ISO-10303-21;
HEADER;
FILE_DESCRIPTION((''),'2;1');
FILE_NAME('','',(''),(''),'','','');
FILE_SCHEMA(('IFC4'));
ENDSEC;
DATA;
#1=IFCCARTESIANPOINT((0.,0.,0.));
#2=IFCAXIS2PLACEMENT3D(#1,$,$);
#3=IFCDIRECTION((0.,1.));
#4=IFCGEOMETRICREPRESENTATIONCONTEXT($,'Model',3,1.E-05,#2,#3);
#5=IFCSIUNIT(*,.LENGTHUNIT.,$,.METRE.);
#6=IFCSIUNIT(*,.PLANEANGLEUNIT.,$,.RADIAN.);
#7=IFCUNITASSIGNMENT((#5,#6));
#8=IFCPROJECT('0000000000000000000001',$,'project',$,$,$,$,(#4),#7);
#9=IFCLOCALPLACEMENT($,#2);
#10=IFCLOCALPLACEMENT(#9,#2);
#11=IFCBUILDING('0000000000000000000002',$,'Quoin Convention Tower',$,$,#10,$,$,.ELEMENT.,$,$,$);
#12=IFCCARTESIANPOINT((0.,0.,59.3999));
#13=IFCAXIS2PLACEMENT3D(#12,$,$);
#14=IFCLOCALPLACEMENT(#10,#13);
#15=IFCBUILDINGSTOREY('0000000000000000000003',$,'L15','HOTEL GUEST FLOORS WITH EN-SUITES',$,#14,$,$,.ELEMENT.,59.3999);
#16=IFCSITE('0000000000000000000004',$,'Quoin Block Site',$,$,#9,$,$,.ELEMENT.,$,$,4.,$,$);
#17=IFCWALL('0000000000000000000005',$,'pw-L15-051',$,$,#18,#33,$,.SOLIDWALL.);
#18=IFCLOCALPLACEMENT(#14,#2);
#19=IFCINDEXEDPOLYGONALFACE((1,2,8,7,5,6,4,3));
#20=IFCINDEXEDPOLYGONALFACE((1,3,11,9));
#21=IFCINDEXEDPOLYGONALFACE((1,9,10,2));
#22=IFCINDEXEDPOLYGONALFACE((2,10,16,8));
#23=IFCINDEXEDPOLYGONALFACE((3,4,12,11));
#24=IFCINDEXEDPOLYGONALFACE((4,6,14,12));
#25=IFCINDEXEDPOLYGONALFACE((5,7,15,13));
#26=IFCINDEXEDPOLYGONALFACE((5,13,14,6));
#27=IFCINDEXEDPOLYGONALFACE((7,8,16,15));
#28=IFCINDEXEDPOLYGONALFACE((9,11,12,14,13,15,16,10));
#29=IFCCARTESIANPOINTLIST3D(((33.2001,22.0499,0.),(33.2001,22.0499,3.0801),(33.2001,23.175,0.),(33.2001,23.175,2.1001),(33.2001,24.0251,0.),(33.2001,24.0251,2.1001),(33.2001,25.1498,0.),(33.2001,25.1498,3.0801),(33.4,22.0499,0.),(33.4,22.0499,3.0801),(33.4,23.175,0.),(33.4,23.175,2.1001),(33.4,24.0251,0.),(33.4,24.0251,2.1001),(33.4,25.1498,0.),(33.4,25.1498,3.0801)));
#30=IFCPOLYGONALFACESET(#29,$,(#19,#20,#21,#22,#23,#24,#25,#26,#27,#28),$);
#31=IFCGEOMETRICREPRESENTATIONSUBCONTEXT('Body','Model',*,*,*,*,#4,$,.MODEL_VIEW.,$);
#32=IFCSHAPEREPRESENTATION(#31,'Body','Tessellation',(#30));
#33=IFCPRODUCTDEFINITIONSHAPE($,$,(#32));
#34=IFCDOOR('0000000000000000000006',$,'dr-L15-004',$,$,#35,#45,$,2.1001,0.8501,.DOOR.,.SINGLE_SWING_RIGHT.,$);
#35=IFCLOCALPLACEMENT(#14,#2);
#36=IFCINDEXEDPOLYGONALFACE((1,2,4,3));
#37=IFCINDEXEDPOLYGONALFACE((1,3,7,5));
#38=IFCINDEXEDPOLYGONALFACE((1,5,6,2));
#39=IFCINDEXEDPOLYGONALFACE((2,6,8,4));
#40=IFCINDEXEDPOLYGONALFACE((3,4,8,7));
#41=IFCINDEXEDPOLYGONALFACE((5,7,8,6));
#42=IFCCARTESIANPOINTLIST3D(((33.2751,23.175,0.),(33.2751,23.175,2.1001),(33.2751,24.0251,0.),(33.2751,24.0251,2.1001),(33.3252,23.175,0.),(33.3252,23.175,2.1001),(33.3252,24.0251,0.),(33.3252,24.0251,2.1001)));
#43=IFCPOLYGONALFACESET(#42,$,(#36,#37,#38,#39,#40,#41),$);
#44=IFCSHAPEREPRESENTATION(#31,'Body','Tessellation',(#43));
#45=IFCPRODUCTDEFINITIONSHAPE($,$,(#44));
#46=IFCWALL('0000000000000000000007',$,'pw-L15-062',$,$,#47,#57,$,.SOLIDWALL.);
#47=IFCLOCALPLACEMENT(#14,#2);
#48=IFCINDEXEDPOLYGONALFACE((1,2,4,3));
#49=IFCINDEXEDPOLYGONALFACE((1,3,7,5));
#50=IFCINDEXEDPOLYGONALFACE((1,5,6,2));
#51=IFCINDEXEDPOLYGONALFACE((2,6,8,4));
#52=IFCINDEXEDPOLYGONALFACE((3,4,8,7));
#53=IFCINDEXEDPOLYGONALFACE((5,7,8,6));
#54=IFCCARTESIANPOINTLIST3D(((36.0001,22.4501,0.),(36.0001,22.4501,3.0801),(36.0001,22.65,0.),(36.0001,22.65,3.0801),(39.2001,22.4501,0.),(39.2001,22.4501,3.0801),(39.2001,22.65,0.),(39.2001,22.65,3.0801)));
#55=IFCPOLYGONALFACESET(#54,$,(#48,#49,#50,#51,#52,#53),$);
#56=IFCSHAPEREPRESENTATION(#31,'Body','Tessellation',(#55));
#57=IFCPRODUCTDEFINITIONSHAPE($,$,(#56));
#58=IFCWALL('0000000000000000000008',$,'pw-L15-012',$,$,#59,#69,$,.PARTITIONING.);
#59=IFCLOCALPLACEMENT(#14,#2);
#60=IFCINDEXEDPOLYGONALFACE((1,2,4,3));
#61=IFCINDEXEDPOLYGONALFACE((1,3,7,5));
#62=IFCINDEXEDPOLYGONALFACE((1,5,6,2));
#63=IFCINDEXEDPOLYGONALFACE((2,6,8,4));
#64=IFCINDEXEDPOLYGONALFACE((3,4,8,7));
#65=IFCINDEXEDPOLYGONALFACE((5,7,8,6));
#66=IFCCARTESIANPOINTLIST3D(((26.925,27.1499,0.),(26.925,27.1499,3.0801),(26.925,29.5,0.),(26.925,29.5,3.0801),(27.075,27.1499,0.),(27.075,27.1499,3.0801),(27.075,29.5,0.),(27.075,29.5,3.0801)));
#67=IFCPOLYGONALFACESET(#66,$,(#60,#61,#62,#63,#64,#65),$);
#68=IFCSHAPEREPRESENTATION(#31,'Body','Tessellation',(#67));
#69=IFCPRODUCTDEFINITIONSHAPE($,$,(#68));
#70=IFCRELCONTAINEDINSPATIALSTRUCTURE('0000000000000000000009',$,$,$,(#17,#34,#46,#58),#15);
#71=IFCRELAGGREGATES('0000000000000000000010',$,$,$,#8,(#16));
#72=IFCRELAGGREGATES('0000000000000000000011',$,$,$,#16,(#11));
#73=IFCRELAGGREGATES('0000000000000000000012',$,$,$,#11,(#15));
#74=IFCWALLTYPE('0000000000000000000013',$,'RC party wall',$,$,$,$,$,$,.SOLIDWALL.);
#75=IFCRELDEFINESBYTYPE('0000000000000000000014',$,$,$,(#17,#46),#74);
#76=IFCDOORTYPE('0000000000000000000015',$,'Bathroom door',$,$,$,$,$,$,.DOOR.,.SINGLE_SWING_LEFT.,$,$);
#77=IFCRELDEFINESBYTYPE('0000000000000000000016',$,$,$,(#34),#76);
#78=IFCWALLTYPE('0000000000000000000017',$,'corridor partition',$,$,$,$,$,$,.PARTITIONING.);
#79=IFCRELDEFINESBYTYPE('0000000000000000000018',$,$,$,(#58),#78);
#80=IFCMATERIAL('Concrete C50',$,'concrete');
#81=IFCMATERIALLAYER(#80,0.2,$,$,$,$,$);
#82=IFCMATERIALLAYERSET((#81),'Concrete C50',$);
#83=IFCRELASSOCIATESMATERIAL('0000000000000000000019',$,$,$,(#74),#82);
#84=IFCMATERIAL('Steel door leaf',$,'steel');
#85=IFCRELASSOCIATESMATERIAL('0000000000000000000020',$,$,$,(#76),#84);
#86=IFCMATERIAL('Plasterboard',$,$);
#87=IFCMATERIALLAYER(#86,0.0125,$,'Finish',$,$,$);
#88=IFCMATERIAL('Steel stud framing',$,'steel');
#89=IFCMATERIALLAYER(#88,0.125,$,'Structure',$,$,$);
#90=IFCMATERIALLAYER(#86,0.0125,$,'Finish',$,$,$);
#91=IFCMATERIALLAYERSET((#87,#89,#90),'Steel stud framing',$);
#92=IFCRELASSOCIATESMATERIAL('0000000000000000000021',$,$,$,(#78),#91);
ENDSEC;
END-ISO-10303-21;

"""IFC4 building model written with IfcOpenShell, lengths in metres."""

from ifc_helpers import new_model, si_unit, direction, frame, frame_2d, origin, place, context, subcontext, project, spatial, rectangle, extrude, material, layer, layer_set, type_object, element, fill, save


model = new_model("IFC4")

# Units and contexts
model_context = context("Model", 3, precision=1e-05, world=origin(), true_north=direction((0.0, 1.0)))
body_context = subcontext(model_context, "Body", "Model", "MODEL_VIEW")
ifc_project = project(units=[si_unit("LENGTHUNIT", "METRE"), si_unit("PLANEANGLEUNIT", "RADIAN")], contexts=[model_context])

# Site, building, storey
site_placement = place(None, origin())
site = spatial("IfcSite", under=ifc_project, at=site_placement, Name="Quoin Block Site", CompositionType="ELEMENT", RefElevation=4.0)
building_placement = place(site_placement, origin())
building = spatial("IfcBuilding", under=site, at=building_placement, Name="Quoin Convention Tower", CompositionType="ELEMENT")
storey_placement = place(building_placement, frame((0.0, 0.0, 59.3999)))
storey = spatial("IfcBuildingStorey", under=building, at=storey_placement, Name="L15", Description="HOTEL GUEST FLOORS WITH EN-SUITES", CompositionType="ELEMENT", Elevation=59.3999)

# Shared definitions
ifc_material_1 = material(Name="Concrete C50", Category="concrete")
ifc_layer_1 = layer(ifc_material_1, 0.2)
ifc_layer_set_1 = layer_set([ifc_layer_1], Name="Concrete C50")
wall_type_1 = type_object("IfcWallType", Name="RC party wall", PredefinedType="SOLIDWALL", material=ifc_layer_set_1)

# Wall, opening, door
wall_1_placement = place(storey_placement, frame((33.3, 22.05, 0.0), z_axis=(0.0, 0.0, 1.0), x_axis=(0.0, 1.0, 0.0)))
wall_1 = element("IfcWall", 1, at=wall_1_placement, inside=storey, type_object=wall_type_1, Name="pw-L15-051", PredefinedType="SOLIDWALL", context=body_context, shape_type="SweptSolid", body=[
    extrude(rectangle(XDim=3.0999, YDim=0.2, at=frame_2d((1.5498, 0.0))), origin(), (0.0, 0.0, 1.0), 3.0801),
])
opening_1_placement = place(wall_1_placement, frame((1.125, 0.0, 0.0)))
opening_1 = element("IfcOpeningElement", 2, at=opening_1_placement, cuts=wall_1, PredefinedType="OPENING", context=body_context, shape_type="SweptSolid", body=[
    extrude(rectangle(XDim=0.8501, YDim=2.1001, at=frame_2d((0.425, 1.05))), frame((0.0, 0.1099, 0.0), z_axis=(0.0, -1.0, 0.0), x_axis=(1.0, 0.0, 0.0)), (0.0, 0.0, 1.0), 0.22),
])
ifc_material_2 = material(Name="Steel door leaf", Category="steel")
door_type = type_object("IfcDoorType", Name="Bathroom door", OperationType="SINGLE_SWING_LEFT", PredefinedType="DOOR", material=ifc_material_2)
door_placement = place(opening_1_placement, origin())
door = element("IfcDoor", 3, at=door_placement, inside=storey, type_object=door_type, Name="dr-L15-004", OperationType="SINGLE_SWING_RIGHT", OverallHeight=2.1001, OverallWidth=0.8501, PredefinedType="DOOR", context=body_context, shape_type="SweptSolid", body=[
    extrude(rectangle(XDim=0.8501, YDim=2.1001, at=frame_2d((0.425, 1.05))), frame((0.0, 0.0249, 0.0), z_axis=(0.0, -1.0, 0.0), x_axis=(1.0, 0.0, 0.0)), (0.0, 0.0, 1.0), 0.05),
])
fill(opening_1, door)

# Walls
wall_2_placement = place(storey_placement, frame((36.0, 22.55, 0.0), z_axis=(0.0, 0.0, 1.0), x_axis=(1.0, 0.0, 0.0)))
element("IfcWall", 4, at=wall_2_placement, inside=storey, type_object=wall_type_1, Name="pw-L15-062", PredefinedType="SOLIDWALL", context=body_context, shape_type="SweptSolid", body=[
    extrude(rectangle(XDim=3.2, YDim=0.2, at=frame_2d((1.6001, 0.0))), origin(), (0.0, 0.0, 1.0), 3.0801),
])
ifc_material_3 = material(Name="Plasterboard")
ifc_layer_2 = layer(ifc_material_3, 0.0125, Name="Finish")
ifc_material_4 = material(Name="Steel stud framing", Category="steel")
ifc_layer_3 = layer(ifc_material_4, 0.125, Name="Structure")
ifc_layer_4 = layer(ifc_material_3, 0.0125, Name="Finish")
ifc_layer_set_2 = layer_set([ifc_layer_2, ifc_layer_3, ifc_layer_4], Name="Steel stud framing")
wall_type_2 = type_object("IfcWallType", Name="corridor partition", PredefinedType="PARTITIONING", material=ifc_layer_set_2)
wall_3_placement = place(storey_placement, frame((27.0, 27.1499, 0.0), z_axis=(0.0, 0.0, 1.0), x_axis=(0.0, 1.0, 0.0)))
element("IfcWall", 5, at=wall_3_placement, inside=storey, type_object=wall_type_2, Name="pw-L15-012", PredefinedType="PARTITIONING", context=body_context, shape_type="SweptSolid", body=[
    extrude(rectangle(XDim=2.3501, YDim=0.1499, at=frame_2d((1.175, 0.0))), origin(), (0.0, 0.0, 1.0), 3.0801),
])

save(model, "model.ifc")
